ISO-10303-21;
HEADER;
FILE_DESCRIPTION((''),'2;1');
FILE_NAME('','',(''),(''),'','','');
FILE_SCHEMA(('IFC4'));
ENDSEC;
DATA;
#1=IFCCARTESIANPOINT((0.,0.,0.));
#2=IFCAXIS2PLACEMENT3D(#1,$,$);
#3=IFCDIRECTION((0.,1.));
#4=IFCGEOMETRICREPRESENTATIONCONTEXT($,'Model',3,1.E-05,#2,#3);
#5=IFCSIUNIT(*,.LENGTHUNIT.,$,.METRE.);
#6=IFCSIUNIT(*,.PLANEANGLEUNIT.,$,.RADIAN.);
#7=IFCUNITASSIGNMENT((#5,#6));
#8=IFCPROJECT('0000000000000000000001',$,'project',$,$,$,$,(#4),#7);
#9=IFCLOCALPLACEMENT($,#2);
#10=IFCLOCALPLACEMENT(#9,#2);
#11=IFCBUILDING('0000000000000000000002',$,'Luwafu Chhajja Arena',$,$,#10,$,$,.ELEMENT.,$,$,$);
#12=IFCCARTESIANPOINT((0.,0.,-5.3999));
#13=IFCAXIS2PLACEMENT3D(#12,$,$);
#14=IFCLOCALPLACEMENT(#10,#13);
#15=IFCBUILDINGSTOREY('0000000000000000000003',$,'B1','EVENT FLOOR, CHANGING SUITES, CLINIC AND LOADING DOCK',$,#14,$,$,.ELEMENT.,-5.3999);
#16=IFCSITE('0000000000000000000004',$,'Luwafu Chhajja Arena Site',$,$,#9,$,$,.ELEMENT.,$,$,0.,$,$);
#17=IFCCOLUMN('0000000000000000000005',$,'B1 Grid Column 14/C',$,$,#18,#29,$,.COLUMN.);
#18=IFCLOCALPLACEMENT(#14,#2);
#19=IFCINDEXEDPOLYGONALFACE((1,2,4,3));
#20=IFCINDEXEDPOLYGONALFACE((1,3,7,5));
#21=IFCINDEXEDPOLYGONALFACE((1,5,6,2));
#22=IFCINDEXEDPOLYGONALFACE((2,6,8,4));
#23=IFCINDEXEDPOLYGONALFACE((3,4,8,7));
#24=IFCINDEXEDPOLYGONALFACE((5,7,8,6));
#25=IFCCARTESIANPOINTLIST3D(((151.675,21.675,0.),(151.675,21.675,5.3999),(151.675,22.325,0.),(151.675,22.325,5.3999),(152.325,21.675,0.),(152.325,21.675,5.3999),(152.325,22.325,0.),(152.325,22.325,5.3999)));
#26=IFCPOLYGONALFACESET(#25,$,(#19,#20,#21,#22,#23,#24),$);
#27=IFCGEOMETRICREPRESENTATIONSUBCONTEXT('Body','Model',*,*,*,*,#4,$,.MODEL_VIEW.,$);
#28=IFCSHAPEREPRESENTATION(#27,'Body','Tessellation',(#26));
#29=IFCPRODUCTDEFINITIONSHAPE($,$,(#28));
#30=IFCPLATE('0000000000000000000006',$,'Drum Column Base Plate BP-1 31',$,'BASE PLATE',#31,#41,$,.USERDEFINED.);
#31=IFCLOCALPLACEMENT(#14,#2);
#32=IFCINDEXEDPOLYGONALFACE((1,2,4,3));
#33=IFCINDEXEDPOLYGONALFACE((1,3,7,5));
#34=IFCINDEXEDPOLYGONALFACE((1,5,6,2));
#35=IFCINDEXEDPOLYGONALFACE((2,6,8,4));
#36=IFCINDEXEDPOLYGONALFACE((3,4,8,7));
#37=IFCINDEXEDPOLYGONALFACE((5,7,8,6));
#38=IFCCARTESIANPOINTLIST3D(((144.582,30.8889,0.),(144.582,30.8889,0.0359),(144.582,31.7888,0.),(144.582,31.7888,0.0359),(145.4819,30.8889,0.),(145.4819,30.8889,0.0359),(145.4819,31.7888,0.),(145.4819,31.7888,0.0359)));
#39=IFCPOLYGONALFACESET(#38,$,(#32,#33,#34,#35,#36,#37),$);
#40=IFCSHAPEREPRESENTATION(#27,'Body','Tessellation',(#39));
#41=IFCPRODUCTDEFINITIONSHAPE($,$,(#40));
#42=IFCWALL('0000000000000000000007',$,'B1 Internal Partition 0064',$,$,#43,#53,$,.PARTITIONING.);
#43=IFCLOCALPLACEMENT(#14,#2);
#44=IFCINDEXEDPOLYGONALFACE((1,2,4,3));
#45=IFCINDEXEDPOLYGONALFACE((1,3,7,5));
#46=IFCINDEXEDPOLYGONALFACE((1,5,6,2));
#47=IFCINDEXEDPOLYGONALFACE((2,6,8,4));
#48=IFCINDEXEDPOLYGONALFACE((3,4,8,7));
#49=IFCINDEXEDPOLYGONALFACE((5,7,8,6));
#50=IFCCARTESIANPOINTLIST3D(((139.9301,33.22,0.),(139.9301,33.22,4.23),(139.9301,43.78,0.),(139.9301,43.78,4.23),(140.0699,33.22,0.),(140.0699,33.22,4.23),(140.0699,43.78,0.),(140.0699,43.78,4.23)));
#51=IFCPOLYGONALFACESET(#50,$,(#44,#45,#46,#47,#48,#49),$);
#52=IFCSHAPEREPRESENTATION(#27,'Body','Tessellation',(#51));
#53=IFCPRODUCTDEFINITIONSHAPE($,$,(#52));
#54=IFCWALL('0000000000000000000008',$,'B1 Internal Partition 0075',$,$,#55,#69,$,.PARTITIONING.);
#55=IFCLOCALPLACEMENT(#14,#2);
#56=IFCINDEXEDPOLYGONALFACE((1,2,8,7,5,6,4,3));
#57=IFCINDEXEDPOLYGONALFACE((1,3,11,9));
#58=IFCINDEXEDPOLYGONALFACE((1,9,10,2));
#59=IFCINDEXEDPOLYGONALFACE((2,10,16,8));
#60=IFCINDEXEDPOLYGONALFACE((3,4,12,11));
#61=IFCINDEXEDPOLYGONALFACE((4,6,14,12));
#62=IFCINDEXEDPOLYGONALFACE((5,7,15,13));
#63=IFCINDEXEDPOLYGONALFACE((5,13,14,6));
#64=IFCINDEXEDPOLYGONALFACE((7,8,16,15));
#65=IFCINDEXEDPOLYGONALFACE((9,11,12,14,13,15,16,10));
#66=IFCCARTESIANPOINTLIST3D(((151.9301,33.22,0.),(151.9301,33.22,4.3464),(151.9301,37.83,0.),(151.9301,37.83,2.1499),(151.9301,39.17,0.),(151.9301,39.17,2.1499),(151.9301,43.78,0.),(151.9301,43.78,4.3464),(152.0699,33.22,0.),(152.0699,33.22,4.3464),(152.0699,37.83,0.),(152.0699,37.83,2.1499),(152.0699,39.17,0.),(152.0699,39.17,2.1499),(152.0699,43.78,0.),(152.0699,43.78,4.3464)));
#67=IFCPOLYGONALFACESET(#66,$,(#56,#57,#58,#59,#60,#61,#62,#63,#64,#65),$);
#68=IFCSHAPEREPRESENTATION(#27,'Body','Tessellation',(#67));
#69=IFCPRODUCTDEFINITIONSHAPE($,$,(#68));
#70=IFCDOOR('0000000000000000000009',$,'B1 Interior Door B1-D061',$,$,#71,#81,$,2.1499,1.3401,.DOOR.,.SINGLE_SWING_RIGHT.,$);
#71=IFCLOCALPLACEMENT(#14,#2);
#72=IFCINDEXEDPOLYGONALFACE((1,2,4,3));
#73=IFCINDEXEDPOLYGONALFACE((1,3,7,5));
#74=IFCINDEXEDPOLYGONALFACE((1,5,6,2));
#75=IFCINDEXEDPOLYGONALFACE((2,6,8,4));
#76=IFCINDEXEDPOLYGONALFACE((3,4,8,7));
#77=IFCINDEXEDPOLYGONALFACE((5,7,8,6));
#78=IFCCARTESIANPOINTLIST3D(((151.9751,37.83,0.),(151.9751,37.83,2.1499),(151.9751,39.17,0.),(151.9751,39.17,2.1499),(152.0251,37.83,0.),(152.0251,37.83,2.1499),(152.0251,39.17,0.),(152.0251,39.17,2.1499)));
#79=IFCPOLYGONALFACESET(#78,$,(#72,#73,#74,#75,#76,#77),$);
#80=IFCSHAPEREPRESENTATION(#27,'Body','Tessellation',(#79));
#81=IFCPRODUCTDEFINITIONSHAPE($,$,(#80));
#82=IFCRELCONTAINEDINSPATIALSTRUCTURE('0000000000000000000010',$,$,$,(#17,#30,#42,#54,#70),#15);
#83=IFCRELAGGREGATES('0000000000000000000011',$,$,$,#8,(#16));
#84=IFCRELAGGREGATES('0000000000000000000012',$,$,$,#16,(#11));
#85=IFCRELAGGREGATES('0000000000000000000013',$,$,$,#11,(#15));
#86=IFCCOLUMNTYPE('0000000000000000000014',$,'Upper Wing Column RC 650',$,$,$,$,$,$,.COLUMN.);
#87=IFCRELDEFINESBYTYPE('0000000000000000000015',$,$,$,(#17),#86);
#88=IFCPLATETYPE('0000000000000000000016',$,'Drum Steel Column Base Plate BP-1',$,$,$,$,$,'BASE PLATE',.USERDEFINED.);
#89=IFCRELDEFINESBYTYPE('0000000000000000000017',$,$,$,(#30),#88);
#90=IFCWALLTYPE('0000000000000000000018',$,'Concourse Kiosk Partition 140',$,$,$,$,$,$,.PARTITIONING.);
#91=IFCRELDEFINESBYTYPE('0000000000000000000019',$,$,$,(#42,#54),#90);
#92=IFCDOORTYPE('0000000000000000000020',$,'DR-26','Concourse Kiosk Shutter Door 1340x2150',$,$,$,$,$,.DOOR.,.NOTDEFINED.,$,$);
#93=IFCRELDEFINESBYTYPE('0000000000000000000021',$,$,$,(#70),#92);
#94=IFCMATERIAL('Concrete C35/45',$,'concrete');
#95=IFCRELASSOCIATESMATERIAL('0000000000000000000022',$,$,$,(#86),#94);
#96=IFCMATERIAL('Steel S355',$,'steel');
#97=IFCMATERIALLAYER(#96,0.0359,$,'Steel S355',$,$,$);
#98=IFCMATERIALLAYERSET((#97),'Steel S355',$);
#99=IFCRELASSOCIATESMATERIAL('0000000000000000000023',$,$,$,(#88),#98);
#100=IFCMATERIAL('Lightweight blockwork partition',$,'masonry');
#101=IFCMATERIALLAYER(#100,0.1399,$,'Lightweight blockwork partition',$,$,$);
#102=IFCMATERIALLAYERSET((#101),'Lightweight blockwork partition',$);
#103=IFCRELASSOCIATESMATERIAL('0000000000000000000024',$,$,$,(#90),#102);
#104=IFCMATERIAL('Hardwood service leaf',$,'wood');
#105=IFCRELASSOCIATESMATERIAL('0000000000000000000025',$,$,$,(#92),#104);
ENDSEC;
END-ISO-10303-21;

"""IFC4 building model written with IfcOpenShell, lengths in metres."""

from ifc_helpers import new_model, si_unit, direction, frame, frame_2d, origin, origin_2d, place, context, subcontext, project, spatial, rectangle, extrude, material, layer, layer_set, material_profile, profile_set, type_object, element, fill, save


model = new_model("IFC4")

# Units and contexts
model_context = context("Model", 3, precision=1e-05, world=origin(), true_north=direction((0.0, 1.0)))
body_context = subcontext(model_context, "Body", "Model", "MODEL_VIEW")
ifc_project = project(units=[si_unit("LENGTHUNIT", "METRE"), si_unit("PLANEANGLEUNIT", "RADIAN")], contexts=[model_context])

# Site, building, storey
site_placement = place(None, origin())
site = spatial("IfcSite", under=ifc_project, at=site_placement, Name="Luwafu Chhajja Arena Site", CompositionType="ELEMENT", RefElevation=0.0)
building_placement = place(site_placement, origin())
building = spatial("IfcBuilding", under=site, at=building_placement, Name="Luwafu Chhajja Arena", CompositionType="ELEMENT")
storey_placement = place(building_placement, frame((0.0, 0.0, -5.3999)))
storey = spatial("IfcBuildingStorey", under=building, at=storey_placement, Name="B1", Description="EVENT FLOOR, CHANGING SUITES, CLINIC AND LOADING DOCK", CompositionType="ELEMENT", Elevation=-5.3999)

# Shared definitions
ifc_material_1 = material(Name="Concrete C35/45", Category="concrete")

# Column
ifc_material_2 = material(Name="Steel S355", Category="steel")
ifc_material_profile_1 = material_profile(ifc_material_1, rectangle(XDim=0.6499, YDim=0.6499, at=origin_2d()), Name="RC 650x650")
ifc_profile_set_1 = profile_set([ifc_material_profile_1], Name="Concrete C35/45")
column_type_1 = type_object("IfcColumnType", Name="Upper Wing Column RC 650", PredefinedType="COLUMN", material=ifc_profile_set_1)
column_1_placement = place(storey_placement, frame((152.0, 22.0, 0.0), z_axis=(0.0, 0.0, 1.0), x_axis=(1.0, 0.0, 0.0)))
element("IfcColumn", 1, at=column_1_placement, inside=storey, type_object=column_type_1, Name="B1 Grid Column 14/C", PredefinedType="COLUMN", context=body_context, shape_type="SweptSolid", body=[
    extrude(rectangle(XDim=0.6499, YDim=0.6499, at=origin_2d()), origin(), (0.0, 0.0, 1.0), 5.3999),
])

# Plate
ifc_layer_1 = layer(ifc_material_2, 0.0359, Name="Steel S355")
ifc_layer_set_1 = layer_set([ifc_layer_1], Name="Steel S355")
plate_type = type_object("IfcPlateType", Name="Drum Steel Column Base Plate BP-1", ElementType="BASE PLATE", PredefinedType="USERDEFINED", material=ifc_layer_set_1)
plate_placement = place(storey_placement, frame((145.032, 31.3389, 0.0), z_axis=(0.0, 0.0, 1.0), x_axis=(1.0, 0.0, 0.0)))
element("IfcPlate", 2, at=plate_placement, inside=storey, type_object=plate_type, Name="Drum Column Base Plate BP-1 31", ObjectType="BASE PLATE", PredefinedType="USERDEFINED", context=body_context, shape_type="SweptSolid", body=[
    extrude(rectangle(XDim=0.8999, YDim=0.8999, at=origin_2d()), origin(), (0.0, 0.0, 1.0), 0.0359),
])

# Wall
ifc_material_3 = material(Name="Lightweight blockwork partition", Category="masonry")
ifc_layer_2 = layer(ifc_material_3, 0.1399, Name="Lightweight blockwork partition")
ifc_layer_set_2 = layer_set([ifc_layer_2], Name="Lightweight blockwork partition")
wall_type = type_object("IfcWallType", Name="Concourse Kiosk Partition 140", PredefinedType="PARTITIONING", material=ifc_layer_set_2)
wall_1_placement = place(storey_placement, frame((140.0, 33.22, 0.0), z_axis=(0.0, 0.0, 1.0), x_axis=(0.0, 1.0, 0.0)))
element("IfcWall", 3, at=wall_1_placement, inside=storey, type_object=wall_type, Name="B1 Internal Partition 0064", PredefinedType="PARTITIONING", context=body_context, shape_type="SweptSolid", body=[
    extrude(rectangle(XDim=10.5601, YDim=0.1399, at=frame_2d((5.28, 0.0))), origin(), (0.0, 0.0, 1.0), 4.23),
])

# Wall, opening, door
wall_2_placement = place(storey_placement, frame((152.0, 33.22, 0.0), z_axis=(0.0, 0.0, 1.0), x_axis=(0.0, 1.0, 0.0)))
wall_2 = element("IfcWall", 4, at=wall_2_placement, inside=storey, type_object=wall_type, Name="B1 Internal Partition 0075", PredefinedType="PARTITIONING", context=body_context, shape_type="SweptSolid", body=[
    extrude(rectangle(XDim=10.5601, YDim=0.1399, at=frame_2d((5.28, 0.0))), origin(), (0.0, 0.0, 1.0), 4.3464),
])
opening_placement = place(wall_2_placement, frame((4.6101, 0.0, 0.0)))
opening = element("IfcOpeningElement", 5, at=opening_placement, cuts=wall_2, PredefinedType="OPENING", context=body_context, shape_type="SweptSolid", body=[
    extrude(rectangle(XDim=1.3401, YDim=2.1499, at=frame_2d((0.6699, 1.075))), frame((0.0, 0.0798, 0.0), z_axis=(0.0, -1.0, 0.0), x_axis=(1.0, 0.0, 0.0)), (0.0, 0.0, 1.0), 0.1599),
])
ifc_material_4 = material(Name="Hardwood service leaf", Category="wood")
door_type = type_object("IfcDoorType", Name="DR-26", Description="Concourse Kiosk Shutter Door 1340x2150", OperationType="NOTDEFINED", PredefinedType="DOOR", material=ifc_material_4)
door_placement = place(opening_placement, origin())
door = element("IfcDoor", 6, at=door_placement, inside=storey, type_object=door_type, Name="B1 Interior Door B1-D061", OperationType="SINGLE_SWING_RIGHT", OverallHeight=2.1499, OverallWidth=1.3401, PredefinedType="DOOR", context=body_context, shape_type="SweptSolid", body=[
    extrude(rectangle(XDim=1.3401, YDim=2.1499, at=frame_2d((0.6699, 1.075))), frame((0.0, 0.0249, 0.0), z_axis=(0.0, -1.0, 0.0), x_axis=(1.0, 0.0, 0.0)), (0.0, 0.0, 1.0), 0.05),
])
fill(opening, door)

save(model, "model.ifc")
